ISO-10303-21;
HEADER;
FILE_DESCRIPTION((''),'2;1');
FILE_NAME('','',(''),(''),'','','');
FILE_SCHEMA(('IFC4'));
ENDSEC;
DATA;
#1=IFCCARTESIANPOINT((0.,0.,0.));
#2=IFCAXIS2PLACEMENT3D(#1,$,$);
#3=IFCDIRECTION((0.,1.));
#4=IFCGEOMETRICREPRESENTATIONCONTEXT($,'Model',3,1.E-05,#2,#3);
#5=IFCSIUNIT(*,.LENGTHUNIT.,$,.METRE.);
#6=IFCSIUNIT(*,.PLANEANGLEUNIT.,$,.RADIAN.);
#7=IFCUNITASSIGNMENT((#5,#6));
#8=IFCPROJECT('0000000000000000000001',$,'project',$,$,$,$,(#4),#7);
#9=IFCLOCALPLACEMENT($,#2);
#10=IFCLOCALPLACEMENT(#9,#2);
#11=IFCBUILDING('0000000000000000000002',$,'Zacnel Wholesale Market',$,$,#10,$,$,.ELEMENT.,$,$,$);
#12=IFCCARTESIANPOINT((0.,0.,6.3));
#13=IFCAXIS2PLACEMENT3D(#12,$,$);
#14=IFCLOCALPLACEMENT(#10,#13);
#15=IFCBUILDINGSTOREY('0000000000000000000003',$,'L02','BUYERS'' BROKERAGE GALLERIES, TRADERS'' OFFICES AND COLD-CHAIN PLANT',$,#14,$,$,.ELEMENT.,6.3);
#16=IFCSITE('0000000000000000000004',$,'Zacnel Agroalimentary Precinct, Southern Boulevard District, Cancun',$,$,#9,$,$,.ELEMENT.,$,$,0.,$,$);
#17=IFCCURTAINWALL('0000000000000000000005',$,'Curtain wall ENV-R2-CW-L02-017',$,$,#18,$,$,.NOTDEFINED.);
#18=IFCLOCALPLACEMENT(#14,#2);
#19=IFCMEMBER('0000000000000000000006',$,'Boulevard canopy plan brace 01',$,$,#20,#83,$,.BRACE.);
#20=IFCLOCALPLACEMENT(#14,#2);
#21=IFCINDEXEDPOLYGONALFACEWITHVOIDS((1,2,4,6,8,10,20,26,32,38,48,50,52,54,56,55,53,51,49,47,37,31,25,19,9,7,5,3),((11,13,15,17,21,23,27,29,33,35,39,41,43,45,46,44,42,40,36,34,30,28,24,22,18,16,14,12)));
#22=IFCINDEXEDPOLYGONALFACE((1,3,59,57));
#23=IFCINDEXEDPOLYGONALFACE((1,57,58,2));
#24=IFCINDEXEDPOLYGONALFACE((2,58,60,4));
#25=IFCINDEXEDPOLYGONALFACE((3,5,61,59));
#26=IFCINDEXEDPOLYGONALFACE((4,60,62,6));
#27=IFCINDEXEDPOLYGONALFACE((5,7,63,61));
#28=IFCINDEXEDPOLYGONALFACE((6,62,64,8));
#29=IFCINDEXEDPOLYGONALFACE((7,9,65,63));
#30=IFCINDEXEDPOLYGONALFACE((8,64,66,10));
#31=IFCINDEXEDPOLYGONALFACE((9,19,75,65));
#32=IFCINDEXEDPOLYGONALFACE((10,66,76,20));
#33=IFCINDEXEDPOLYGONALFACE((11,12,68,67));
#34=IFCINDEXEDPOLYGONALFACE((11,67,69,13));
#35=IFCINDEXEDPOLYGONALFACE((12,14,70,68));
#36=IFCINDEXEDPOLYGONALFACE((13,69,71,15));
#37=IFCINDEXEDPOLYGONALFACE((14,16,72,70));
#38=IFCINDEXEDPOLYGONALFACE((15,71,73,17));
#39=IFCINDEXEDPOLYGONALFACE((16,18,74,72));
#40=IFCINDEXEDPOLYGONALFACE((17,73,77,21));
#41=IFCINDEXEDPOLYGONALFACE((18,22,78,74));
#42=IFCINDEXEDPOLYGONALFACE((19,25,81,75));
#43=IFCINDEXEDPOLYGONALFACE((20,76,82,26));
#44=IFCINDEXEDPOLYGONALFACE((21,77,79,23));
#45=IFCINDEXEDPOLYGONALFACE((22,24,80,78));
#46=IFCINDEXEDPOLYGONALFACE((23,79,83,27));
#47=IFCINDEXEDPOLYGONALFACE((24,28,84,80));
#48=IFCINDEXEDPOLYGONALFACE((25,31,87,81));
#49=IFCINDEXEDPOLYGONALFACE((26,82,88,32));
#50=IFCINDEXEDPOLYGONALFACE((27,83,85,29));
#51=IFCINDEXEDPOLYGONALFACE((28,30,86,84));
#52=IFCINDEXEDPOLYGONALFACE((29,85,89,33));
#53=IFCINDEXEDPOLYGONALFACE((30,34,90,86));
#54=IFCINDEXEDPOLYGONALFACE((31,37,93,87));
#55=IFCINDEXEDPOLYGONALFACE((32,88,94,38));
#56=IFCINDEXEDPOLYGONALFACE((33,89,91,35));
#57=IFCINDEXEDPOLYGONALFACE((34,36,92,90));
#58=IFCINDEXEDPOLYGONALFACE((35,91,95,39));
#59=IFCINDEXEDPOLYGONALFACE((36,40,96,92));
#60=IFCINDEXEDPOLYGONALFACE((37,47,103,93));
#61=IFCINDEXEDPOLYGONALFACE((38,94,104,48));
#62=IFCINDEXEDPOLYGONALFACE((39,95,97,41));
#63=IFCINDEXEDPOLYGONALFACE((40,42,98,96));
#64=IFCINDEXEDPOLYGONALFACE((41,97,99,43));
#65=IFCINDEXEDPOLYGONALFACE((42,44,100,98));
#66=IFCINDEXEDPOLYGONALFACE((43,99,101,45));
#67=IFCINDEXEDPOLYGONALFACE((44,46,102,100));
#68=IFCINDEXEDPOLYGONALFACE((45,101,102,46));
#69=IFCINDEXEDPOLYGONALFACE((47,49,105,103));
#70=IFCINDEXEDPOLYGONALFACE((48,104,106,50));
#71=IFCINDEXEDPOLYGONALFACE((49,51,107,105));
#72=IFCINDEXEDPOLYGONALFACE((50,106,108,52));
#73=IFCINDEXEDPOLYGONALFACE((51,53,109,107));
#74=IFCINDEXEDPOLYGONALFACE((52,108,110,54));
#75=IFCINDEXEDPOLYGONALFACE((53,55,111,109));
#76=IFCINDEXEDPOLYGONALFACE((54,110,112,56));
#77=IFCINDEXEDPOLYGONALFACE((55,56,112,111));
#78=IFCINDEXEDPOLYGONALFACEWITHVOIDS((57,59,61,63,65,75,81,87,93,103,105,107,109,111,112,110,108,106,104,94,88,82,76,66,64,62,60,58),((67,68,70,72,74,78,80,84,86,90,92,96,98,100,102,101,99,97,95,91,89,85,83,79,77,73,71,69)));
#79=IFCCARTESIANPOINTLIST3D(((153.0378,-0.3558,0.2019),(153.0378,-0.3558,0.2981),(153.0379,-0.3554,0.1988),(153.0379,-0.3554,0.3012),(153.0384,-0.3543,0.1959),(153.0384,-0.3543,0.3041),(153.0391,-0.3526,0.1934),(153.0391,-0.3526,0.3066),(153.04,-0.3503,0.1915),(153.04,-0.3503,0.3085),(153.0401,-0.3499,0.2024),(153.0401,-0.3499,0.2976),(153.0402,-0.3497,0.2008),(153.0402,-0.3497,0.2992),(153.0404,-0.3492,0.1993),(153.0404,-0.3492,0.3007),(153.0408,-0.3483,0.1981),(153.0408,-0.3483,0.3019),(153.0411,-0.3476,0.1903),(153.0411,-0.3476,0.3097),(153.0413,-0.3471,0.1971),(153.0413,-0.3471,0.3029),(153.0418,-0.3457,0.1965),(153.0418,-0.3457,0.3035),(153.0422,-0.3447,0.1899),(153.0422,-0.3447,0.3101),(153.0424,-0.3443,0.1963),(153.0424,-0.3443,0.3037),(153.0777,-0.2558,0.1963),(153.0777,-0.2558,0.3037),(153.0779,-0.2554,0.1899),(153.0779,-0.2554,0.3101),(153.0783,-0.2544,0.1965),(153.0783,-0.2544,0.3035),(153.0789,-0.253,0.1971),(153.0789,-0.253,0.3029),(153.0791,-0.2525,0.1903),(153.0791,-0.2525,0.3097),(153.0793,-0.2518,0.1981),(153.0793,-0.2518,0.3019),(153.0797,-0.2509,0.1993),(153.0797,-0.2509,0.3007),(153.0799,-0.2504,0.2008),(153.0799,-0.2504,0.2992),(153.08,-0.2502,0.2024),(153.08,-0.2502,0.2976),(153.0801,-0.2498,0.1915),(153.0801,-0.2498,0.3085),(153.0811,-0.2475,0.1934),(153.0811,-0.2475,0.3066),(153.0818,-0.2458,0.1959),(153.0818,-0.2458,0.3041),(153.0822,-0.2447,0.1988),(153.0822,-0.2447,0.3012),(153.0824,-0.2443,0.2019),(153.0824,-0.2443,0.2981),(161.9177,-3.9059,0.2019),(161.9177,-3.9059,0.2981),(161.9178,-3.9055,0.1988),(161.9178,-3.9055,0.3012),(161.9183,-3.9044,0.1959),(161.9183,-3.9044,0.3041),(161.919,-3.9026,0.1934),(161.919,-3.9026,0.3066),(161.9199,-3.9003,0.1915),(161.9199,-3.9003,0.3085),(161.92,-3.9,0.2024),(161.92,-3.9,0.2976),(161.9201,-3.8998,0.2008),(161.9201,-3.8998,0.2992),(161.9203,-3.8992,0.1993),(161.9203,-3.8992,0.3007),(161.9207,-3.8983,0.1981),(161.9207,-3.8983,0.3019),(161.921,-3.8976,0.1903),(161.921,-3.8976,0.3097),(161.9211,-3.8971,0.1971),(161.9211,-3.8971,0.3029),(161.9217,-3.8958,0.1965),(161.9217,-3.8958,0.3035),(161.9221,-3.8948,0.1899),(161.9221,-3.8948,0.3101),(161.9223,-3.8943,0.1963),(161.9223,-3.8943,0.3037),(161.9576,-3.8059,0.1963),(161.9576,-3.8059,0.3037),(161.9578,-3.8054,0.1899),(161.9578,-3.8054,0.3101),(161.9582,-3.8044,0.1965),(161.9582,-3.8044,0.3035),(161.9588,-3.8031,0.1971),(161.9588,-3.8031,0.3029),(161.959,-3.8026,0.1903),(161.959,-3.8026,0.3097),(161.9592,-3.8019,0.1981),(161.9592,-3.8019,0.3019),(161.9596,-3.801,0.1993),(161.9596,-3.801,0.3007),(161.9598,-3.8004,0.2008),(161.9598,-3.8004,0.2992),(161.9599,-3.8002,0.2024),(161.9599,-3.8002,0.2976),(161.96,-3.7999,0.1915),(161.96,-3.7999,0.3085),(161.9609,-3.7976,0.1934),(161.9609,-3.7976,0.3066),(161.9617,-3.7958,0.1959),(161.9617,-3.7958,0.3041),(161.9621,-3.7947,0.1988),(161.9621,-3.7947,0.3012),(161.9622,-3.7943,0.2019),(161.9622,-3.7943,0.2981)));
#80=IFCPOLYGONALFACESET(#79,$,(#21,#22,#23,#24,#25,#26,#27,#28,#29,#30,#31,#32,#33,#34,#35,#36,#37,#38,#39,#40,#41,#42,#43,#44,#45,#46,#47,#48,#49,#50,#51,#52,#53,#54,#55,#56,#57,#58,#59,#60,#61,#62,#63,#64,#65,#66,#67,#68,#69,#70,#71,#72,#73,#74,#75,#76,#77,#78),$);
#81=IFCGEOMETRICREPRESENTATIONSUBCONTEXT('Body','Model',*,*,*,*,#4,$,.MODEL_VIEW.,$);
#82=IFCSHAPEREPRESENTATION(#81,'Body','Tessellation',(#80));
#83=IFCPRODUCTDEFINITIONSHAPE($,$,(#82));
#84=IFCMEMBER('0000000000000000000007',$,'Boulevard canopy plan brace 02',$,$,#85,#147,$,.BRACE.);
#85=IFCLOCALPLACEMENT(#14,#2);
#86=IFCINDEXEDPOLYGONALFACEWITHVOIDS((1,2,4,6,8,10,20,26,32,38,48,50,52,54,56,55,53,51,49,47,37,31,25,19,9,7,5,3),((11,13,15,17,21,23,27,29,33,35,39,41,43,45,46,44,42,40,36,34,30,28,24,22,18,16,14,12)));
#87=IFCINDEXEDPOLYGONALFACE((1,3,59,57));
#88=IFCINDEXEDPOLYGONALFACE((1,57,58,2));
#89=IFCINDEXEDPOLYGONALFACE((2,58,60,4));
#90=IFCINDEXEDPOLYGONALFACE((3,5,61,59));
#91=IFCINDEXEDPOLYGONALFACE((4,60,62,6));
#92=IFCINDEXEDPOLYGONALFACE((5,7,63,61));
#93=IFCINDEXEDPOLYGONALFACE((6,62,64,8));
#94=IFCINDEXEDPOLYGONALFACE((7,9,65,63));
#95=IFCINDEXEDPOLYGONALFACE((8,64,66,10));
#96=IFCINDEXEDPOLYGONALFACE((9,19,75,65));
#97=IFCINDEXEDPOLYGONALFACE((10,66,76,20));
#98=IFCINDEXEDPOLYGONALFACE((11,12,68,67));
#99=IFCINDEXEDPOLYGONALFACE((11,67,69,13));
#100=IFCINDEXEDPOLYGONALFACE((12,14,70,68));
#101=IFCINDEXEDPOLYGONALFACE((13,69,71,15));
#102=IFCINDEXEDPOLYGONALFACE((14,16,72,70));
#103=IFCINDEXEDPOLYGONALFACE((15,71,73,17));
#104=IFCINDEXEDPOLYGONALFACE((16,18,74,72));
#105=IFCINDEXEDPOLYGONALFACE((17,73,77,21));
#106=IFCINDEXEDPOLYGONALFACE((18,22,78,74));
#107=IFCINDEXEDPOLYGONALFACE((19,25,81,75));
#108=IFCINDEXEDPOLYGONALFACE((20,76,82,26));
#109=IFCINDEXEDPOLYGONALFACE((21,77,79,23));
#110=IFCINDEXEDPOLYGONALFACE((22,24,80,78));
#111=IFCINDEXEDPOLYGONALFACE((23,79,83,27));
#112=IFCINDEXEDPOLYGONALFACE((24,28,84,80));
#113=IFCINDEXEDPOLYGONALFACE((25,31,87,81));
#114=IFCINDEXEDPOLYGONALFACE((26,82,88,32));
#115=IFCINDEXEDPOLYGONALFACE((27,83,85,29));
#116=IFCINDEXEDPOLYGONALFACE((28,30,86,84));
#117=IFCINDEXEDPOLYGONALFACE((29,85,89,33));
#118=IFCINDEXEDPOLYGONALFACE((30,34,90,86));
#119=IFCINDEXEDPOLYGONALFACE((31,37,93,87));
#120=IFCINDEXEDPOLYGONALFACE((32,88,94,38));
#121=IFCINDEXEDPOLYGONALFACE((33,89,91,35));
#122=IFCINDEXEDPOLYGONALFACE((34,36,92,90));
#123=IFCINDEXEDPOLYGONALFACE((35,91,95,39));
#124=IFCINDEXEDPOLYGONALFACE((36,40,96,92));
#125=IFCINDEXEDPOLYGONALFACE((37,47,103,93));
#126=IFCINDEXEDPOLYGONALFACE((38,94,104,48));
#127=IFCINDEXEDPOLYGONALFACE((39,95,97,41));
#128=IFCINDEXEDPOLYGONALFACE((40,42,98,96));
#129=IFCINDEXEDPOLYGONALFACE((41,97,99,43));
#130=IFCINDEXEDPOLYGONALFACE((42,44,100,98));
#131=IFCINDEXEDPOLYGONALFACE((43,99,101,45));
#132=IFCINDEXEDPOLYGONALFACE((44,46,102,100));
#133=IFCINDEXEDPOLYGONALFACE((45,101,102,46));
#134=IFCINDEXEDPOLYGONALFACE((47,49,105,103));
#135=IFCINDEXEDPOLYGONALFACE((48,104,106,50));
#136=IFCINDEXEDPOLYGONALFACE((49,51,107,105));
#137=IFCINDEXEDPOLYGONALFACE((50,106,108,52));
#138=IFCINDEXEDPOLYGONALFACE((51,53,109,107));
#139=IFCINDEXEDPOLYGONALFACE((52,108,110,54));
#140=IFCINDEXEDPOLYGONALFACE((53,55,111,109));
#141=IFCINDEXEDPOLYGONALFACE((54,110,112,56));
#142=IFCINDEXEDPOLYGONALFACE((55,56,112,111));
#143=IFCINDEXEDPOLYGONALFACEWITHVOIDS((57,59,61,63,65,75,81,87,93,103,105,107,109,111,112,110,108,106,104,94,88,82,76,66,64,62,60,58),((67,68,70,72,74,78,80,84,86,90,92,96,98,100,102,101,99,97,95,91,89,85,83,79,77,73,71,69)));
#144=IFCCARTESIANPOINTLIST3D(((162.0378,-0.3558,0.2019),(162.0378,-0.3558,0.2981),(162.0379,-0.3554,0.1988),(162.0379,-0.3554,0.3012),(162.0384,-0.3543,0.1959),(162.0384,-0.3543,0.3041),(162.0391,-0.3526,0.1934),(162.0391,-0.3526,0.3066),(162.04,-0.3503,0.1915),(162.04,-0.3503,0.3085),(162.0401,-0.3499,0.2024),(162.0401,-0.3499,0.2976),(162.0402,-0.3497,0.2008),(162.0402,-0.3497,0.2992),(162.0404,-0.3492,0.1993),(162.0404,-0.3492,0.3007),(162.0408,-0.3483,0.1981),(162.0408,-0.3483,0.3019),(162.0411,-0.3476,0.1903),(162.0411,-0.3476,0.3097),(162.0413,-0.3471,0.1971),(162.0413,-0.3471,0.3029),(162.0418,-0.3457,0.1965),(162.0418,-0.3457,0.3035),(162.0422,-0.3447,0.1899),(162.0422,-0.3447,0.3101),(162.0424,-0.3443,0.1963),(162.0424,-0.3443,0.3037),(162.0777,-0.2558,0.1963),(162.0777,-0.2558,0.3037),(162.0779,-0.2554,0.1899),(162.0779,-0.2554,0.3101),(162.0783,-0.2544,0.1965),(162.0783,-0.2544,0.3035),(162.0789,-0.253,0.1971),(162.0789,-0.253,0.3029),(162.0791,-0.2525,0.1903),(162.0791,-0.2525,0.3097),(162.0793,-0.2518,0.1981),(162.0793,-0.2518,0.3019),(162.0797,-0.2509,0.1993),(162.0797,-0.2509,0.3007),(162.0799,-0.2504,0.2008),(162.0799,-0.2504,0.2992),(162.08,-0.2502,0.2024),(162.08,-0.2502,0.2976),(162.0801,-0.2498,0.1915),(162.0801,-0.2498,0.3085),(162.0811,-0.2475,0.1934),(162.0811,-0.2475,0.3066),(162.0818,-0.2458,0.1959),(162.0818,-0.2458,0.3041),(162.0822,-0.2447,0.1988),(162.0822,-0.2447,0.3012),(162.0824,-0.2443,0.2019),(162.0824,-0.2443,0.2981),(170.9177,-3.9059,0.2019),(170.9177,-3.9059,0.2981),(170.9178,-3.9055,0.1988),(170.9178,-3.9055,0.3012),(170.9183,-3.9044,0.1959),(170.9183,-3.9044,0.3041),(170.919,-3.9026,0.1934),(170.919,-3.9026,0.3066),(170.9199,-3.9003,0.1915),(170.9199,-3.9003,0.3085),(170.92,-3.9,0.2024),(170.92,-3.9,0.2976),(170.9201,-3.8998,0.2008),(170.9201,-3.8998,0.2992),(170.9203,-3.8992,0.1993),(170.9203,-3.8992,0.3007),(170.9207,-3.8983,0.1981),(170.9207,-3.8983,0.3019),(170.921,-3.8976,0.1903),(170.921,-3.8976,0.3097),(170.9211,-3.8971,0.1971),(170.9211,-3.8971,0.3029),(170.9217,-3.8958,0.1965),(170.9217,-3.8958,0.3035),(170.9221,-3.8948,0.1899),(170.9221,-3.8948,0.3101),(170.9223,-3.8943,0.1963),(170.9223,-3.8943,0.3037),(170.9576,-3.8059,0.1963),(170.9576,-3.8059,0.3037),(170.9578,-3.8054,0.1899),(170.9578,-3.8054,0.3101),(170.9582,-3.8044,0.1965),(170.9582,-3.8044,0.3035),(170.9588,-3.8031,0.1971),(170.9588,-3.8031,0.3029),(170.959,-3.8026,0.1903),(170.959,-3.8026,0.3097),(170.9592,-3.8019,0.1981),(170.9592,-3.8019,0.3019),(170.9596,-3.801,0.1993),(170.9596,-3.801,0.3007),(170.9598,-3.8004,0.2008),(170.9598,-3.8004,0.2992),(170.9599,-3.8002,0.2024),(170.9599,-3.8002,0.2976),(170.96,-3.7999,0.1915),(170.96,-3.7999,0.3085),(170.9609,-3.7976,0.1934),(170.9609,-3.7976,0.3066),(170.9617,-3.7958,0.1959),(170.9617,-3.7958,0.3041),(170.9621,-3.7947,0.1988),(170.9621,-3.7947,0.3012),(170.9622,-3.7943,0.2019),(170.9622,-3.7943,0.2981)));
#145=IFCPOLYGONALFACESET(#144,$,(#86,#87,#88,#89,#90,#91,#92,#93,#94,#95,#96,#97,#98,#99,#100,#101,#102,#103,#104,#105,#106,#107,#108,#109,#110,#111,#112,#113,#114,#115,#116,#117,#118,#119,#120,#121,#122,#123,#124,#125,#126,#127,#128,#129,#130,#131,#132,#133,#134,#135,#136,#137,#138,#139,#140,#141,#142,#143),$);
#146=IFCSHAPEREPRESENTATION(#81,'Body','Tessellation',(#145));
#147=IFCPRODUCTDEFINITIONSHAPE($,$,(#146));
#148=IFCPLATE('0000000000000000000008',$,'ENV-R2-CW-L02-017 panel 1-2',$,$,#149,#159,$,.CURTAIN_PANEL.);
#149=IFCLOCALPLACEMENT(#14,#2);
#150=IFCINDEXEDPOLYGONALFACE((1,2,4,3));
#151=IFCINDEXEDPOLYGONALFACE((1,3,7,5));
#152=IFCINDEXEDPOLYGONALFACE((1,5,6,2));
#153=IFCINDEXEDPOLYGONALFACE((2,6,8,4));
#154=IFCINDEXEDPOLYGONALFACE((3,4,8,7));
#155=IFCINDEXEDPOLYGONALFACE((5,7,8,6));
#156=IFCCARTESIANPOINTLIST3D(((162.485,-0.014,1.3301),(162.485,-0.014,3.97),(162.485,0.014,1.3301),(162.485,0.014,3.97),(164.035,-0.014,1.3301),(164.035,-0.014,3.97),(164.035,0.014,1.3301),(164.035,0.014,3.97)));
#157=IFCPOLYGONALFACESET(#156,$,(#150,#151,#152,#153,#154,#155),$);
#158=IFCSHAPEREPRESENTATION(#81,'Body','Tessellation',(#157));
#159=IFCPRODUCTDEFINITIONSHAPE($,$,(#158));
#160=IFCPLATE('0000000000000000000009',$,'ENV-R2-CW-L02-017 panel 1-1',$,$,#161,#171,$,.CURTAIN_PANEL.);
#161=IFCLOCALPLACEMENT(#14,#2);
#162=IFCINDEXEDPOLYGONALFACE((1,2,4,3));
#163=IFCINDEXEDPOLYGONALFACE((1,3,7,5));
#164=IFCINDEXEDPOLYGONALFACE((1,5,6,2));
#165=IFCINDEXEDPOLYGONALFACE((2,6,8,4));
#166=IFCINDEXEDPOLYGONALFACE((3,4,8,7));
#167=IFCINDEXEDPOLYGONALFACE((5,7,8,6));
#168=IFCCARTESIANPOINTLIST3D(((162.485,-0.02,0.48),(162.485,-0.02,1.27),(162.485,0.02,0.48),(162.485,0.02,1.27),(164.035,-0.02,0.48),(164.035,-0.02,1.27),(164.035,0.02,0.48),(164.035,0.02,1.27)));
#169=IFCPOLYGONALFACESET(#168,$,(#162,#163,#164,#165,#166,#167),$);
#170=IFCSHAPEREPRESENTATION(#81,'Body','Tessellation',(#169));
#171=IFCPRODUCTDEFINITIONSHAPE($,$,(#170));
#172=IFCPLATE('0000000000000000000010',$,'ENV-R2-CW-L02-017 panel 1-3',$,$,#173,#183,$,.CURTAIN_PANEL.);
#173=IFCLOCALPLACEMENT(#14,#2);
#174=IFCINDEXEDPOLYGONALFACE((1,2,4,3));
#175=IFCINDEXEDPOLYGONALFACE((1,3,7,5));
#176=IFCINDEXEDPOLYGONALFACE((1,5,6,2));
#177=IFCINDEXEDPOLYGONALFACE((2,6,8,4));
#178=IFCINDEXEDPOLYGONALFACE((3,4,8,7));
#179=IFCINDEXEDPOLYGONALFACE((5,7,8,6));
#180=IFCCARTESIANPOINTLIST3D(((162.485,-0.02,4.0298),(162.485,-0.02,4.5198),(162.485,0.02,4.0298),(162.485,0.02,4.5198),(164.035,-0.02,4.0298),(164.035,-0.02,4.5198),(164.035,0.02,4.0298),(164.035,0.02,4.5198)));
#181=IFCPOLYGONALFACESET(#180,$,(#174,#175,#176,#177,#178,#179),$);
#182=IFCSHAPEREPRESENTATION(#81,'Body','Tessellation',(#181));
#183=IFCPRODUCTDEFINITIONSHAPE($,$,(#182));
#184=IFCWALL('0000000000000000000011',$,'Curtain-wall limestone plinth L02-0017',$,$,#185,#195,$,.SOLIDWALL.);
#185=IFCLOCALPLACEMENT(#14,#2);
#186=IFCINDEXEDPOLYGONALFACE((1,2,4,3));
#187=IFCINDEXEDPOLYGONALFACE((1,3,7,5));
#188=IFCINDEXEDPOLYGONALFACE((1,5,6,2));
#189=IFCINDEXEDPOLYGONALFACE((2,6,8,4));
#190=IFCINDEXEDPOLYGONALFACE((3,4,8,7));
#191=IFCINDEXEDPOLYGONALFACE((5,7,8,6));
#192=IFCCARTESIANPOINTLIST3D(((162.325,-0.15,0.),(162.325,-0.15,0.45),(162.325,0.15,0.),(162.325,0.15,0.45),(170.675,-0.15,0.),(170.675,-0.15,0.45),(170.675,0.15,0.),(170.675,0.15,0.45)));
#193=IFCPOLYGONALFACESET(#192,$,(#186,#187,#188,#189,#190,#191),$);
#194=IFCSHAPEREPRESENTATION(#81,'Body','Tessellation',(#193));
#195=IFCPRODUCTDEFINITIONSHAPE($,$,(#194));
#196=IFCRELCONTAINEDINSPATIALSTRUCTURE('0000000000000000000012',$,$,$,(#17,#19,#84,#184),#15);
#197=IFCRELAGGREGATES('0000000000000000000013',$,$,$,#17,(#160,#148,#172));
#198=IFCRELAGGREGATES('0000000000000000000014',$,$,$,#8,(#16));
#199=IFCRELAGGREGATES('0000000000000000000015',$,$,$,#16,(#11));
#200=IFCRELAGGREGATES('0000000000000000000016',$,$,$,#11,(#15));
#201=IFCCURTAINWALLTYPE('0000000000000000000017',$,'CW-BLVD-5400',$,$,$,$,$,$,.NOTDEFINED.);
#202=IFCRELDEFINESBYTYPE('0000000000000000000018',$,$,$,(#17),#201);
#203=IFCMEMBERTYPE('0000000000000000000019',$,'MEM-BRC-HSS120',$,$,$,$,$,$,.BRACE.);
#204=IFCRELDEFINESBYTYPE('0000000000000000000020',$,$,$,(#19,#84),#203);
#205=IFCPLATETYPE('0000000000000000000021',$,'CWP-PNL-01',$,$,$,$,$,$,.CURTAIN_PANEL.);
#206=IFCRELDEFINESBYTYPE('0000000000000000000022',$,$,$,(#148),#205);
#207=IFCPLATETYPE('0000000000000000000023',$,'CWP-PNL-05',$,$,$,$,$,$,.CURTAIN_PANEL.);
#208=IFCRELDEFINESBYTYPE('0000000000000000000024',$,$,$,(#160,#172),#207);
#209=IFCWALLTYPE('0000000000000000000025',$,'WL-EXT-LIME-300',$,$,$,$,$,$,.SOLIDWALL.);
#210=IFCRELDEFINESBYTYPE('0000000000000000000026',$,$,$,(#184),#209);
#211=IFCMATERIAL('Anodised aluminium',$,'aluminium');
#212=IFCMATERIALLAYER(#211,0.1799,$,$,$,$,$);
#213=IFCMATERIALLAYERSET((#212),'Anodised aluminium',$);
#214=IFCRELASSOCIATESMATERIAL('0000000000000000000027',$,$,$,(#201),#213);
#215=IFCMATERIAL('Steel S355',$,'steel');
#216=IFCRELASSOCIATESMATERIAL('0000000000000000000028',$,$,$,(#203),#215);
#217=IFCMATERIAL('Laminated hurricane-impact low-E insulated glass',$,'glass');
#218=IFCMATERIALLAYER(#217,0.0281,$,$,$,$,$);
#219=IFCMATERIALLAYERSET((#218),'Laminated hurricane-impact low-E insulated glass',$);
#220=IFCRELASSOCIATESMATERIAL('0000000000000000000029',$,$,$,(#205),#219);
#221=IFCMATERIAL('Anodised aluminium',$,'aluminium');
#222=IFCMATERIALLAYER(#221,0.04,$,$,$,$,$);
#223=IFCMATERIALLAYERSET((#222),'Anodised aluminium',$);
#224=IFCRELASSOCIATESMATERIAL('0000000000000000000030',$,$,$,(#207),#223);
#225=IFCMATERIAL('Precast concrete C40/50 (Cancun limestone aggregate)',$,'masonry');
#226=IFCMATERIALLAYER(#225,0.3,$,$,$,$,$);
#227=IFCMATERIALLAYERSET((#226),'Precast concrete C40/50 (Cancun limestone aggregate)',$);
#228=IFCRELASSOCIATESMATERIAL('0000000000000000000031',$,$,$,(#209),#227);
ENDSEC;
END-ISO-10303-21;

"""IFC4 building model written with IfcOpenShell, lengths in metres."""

from ifc_helpers import new_model, si_unit, direction, frame, frame_2d, origin, origin_2d, place, context, subcontext, project, spatial, rectangle, hollow_rectangle, extrude, material, layer, layer_set, material_profile, profile_set, type_object, element, aggregate, save


model = new_model("IFC4")

# Units and contexts
model_context = context("Model", 3, precision=1e-05, world=origin(), true_north=direction((0.0, 1.0)))
body_context = subcontext(model_context, "Body", "Model", "MODEL_VIEW")
ifc_project = project(units=[si_unit("LENGTHUNIT", "METRE"), si_unit("PLANEANGLEUNIT", "RADIAN")], contexts=[model_context])

# Site, building, storey
site_placement = place(None, origin())
site = spatial("IfcSite", under=ifc_project, at=site_placement, Name="Zacnel Agroalimentary Precinct, Southern Boulevard District, Cancun", CompositionType="ELEMENT", RefElevation=0.0)
building_placement = place(site_placement, origin())
building = spatial("IfcBuilding", under=site, at=building_placement, Name="Zacnel Wholesale Market", CompositionType="ELEMENT")
storey_placement = place(building_placement, frame((0.0, 0.0, 6.3)))
storey = spatial("IfcBuildingStorey", under=building, at=storey_placement, Name="L02", Description="BUYERS' BROKERAGE GALLERIES, TRADERS' OFFICES AND COLD-CHAIN PLANT", CompositionType="ELEMENT", Elevation=6.3)

# Shared definitions
ifc_material_1 = material(Name="Anodised aluminium", Category="aluminium")
ifc_layer_1 = layer(ifc_material_1, 0.1799)
ifc_layer_set_1 = layer_set([ifc_layer_1], Name="Anodised aluminium")
curtain_wall_type = type_object("IfcCurtainWallType", Name="CW-BLVD-5400", PredefinedType="NOTDEFINED", material=ifc_layer_set_1)

# Curtain wall
curtain_wall_1_placement = place(storey_placement, origin())
curtain_wall_1 = element("IfcCurtainWall", 1, at=curtain_wall_1_placement, inside=storey, type_object=curtain_wall_type, Name="Curtain wall ENV-R2-CW-L02-017", PredefinedType="NOTDEFINED")

# Members
ifc_material_2 = material(Name="Steel S355", Category="steel")
ifc_material_profile_1 = material_profile(ifc_material_2, hollow_rectangle(XDim=0.1201, YDim=0.1201, WallThickness=0.0063, InnerFilletRadius=0.0061, OuterFilletRadius=0.012, at=origin_2d()), Name="HSS 120x120x6.3")
ifc_profile_set_1 = profile_set([ifc_material_profile_1], Name="Steel S355")
member_type_1 = type_object("IfcMemberType", Name="MEM-BRC-HSS120", PredefinedType="BRACE", material=ifc_profile_set_1)
for number, where, z_axis, x_axis, name in (
    (2, (153.0601, -0.3, 0.25), (0.928545, -0.371219, 0.0), (0.371219, 0.928545, 0.0), "Boulevard canopy plan brace 01"),
    (3, (162.0601, -0.3, 0.25), (0.928545, -0.371219, 0.0), (0.371219, 0.928545, 0.0), "Boulevard canopy plan brace 02"),
):
    element("IfcMember", number, at=place(storey_placement, frame(where, z_axis=z_axis, x_axis=x_axis)), inside=storey, type_object=member_type_1, Name=name, PredefinedType="BRACE", context=body_context, shape_type="SweptSolid", body=[
        extrude(hollow_rectangle(XDim=0.1201, YDim=0.1201, WallThickness=0.0063, InnerFilletRadius=0.0061, OuterFilletRadius=0.012, at=origin_2d()), origin(), (0.0, 0.0, 1.0), 9.5632),
    ])

# Plates
ifc_material_3 = material(Name="Laminated hurricane-impact low-E insulated glass", Category="glass")
ifc_layer_2 = layer(ifc_material_3, 0.0281)
ifc_layer_set_2 = layer_set([ifc_layer_2], Name="Laminated hurricane-impact low-E insulated glass")
plate_type_1 = type_object("IfcPlateType", Name="CWP-PNL-01", PredefinedType="CURTAIN_PANEL", material=ifc_layer_set_2)
plate_1_placement = place(storey_placement, frame((163.26, 0.0, 1.3301), z_axis=(0.0, 0.0, 1.0), x_axis=(1.0, 0.0, 0.0)))
plate_1 = element("IfcPlate", 4, at=plate_1_placement, type_object=plate_type_1, Name="ENV-R2-CW-L02-017 panel 1-2", PredefinedType="CURTAIN_PANEL", context=body_context, shape_type="SweptSolid", body=[
    extrude(rectangle(XDim=1.55, YDim=0.0281, at=origin_2d()), origin(), (0.0, 0.0, 1.0), 2.6399),
])
ifc_material_4 = material(Name="Anodised aluminium", Category="aluminium")
ifc_layer_3 = layer(ifc_material_4, 0.04)
ifc_layer_set_3 = layer_set([ifc_layer_3], Name="Anodised aluminium")
plate_type_2 = type_object("IfcPlateType", Name="CWP-PNL-05", PredefinedType="CURTAIN_PANEL", material=ifc_layer_set_3)
plate_2_placement = place(storey_placement, frame((163.26, 0.0, 0.48), z_axis=(0.0, 0.0, 1.0), x_axis=(1.0, 0.0, 0.0)))
plate_2 = element("IfcPlate", 5, at=plate_2_placement, type_object=plate_type_2, Name="ENV-R2-CW-L02-017 panel 1-1", PredefinedType="CURTAIN_PANEL", context=body_context, shape_type="SweptSolid", body=[
    extrude(rectangle(XDim=1.55, YDim=0.04, at=origin_2d()), origin(), (0.0, 0.0, 1.0), 0.79),
])
plate_3_placement = place(storey_placement, frame((163.26, 0.0, 4.0298), z_axis=(0.0, 0.0, 1.0), x_axis=(1.0, 0.0, 0.0)))
plate_3 = element("IfcPlate", 6, at=plate_3_placement, type_object=plate_type_2, Name="ENV-R2-CW-L02-017 panel 1-3", PredefinedType="CURTAIN_PANEL", context=body_context, shape_type="SweptSolid", body=[
    extrude(rectangle(XDim=1.55, YDim=0.04, at=origin_2d()), origin(), (0.0, 0.0, 1.0), 0.49),
])
aggregate(curtain_wall_1, [plate_2, plate_1, plate_3])

# Wall
ifc_material_5 = material(Name="Precast concrete C40/50 (Cancun limestone aggregate)", Category="masonry")
ifc_layer_4 = layer(ifc_material_5, 0.3)
ifc_layer_set_4 = layer_set([ifc_layer_4], Name="Precast concrete C40/50 (Cancun limestone aggregate)")
wall_type_1 = type_object("IfcWallType", Name="WL-EXT-LIME-300", PredefinedType="SOLIDWALL", material=ifc_layer_set_4)
wall_1_placement = place(storey_placement, frame((162.325, 0.0, 0.0), z_axis=(0.0, 0.0, 1.0), x_axis=(1.0, 0.0, 0.0)))
element("IfcWall", 7, at=wall_1_placement, inside=storey, type_object=wall_type_1, Name="Curtain-wall limestone plinth L02-0017", PredefinedType="SOLIDWALL", context=body_context, shape_type="SweptSolid", body=[
    extrude(rectangle(XDim=8.3501, YDim=0.3, at=frame_2d((4.175, 0.0))), origin(), (0.0, 0.0, 1.0), 0.45),
])

save(model, "model.ifc")
